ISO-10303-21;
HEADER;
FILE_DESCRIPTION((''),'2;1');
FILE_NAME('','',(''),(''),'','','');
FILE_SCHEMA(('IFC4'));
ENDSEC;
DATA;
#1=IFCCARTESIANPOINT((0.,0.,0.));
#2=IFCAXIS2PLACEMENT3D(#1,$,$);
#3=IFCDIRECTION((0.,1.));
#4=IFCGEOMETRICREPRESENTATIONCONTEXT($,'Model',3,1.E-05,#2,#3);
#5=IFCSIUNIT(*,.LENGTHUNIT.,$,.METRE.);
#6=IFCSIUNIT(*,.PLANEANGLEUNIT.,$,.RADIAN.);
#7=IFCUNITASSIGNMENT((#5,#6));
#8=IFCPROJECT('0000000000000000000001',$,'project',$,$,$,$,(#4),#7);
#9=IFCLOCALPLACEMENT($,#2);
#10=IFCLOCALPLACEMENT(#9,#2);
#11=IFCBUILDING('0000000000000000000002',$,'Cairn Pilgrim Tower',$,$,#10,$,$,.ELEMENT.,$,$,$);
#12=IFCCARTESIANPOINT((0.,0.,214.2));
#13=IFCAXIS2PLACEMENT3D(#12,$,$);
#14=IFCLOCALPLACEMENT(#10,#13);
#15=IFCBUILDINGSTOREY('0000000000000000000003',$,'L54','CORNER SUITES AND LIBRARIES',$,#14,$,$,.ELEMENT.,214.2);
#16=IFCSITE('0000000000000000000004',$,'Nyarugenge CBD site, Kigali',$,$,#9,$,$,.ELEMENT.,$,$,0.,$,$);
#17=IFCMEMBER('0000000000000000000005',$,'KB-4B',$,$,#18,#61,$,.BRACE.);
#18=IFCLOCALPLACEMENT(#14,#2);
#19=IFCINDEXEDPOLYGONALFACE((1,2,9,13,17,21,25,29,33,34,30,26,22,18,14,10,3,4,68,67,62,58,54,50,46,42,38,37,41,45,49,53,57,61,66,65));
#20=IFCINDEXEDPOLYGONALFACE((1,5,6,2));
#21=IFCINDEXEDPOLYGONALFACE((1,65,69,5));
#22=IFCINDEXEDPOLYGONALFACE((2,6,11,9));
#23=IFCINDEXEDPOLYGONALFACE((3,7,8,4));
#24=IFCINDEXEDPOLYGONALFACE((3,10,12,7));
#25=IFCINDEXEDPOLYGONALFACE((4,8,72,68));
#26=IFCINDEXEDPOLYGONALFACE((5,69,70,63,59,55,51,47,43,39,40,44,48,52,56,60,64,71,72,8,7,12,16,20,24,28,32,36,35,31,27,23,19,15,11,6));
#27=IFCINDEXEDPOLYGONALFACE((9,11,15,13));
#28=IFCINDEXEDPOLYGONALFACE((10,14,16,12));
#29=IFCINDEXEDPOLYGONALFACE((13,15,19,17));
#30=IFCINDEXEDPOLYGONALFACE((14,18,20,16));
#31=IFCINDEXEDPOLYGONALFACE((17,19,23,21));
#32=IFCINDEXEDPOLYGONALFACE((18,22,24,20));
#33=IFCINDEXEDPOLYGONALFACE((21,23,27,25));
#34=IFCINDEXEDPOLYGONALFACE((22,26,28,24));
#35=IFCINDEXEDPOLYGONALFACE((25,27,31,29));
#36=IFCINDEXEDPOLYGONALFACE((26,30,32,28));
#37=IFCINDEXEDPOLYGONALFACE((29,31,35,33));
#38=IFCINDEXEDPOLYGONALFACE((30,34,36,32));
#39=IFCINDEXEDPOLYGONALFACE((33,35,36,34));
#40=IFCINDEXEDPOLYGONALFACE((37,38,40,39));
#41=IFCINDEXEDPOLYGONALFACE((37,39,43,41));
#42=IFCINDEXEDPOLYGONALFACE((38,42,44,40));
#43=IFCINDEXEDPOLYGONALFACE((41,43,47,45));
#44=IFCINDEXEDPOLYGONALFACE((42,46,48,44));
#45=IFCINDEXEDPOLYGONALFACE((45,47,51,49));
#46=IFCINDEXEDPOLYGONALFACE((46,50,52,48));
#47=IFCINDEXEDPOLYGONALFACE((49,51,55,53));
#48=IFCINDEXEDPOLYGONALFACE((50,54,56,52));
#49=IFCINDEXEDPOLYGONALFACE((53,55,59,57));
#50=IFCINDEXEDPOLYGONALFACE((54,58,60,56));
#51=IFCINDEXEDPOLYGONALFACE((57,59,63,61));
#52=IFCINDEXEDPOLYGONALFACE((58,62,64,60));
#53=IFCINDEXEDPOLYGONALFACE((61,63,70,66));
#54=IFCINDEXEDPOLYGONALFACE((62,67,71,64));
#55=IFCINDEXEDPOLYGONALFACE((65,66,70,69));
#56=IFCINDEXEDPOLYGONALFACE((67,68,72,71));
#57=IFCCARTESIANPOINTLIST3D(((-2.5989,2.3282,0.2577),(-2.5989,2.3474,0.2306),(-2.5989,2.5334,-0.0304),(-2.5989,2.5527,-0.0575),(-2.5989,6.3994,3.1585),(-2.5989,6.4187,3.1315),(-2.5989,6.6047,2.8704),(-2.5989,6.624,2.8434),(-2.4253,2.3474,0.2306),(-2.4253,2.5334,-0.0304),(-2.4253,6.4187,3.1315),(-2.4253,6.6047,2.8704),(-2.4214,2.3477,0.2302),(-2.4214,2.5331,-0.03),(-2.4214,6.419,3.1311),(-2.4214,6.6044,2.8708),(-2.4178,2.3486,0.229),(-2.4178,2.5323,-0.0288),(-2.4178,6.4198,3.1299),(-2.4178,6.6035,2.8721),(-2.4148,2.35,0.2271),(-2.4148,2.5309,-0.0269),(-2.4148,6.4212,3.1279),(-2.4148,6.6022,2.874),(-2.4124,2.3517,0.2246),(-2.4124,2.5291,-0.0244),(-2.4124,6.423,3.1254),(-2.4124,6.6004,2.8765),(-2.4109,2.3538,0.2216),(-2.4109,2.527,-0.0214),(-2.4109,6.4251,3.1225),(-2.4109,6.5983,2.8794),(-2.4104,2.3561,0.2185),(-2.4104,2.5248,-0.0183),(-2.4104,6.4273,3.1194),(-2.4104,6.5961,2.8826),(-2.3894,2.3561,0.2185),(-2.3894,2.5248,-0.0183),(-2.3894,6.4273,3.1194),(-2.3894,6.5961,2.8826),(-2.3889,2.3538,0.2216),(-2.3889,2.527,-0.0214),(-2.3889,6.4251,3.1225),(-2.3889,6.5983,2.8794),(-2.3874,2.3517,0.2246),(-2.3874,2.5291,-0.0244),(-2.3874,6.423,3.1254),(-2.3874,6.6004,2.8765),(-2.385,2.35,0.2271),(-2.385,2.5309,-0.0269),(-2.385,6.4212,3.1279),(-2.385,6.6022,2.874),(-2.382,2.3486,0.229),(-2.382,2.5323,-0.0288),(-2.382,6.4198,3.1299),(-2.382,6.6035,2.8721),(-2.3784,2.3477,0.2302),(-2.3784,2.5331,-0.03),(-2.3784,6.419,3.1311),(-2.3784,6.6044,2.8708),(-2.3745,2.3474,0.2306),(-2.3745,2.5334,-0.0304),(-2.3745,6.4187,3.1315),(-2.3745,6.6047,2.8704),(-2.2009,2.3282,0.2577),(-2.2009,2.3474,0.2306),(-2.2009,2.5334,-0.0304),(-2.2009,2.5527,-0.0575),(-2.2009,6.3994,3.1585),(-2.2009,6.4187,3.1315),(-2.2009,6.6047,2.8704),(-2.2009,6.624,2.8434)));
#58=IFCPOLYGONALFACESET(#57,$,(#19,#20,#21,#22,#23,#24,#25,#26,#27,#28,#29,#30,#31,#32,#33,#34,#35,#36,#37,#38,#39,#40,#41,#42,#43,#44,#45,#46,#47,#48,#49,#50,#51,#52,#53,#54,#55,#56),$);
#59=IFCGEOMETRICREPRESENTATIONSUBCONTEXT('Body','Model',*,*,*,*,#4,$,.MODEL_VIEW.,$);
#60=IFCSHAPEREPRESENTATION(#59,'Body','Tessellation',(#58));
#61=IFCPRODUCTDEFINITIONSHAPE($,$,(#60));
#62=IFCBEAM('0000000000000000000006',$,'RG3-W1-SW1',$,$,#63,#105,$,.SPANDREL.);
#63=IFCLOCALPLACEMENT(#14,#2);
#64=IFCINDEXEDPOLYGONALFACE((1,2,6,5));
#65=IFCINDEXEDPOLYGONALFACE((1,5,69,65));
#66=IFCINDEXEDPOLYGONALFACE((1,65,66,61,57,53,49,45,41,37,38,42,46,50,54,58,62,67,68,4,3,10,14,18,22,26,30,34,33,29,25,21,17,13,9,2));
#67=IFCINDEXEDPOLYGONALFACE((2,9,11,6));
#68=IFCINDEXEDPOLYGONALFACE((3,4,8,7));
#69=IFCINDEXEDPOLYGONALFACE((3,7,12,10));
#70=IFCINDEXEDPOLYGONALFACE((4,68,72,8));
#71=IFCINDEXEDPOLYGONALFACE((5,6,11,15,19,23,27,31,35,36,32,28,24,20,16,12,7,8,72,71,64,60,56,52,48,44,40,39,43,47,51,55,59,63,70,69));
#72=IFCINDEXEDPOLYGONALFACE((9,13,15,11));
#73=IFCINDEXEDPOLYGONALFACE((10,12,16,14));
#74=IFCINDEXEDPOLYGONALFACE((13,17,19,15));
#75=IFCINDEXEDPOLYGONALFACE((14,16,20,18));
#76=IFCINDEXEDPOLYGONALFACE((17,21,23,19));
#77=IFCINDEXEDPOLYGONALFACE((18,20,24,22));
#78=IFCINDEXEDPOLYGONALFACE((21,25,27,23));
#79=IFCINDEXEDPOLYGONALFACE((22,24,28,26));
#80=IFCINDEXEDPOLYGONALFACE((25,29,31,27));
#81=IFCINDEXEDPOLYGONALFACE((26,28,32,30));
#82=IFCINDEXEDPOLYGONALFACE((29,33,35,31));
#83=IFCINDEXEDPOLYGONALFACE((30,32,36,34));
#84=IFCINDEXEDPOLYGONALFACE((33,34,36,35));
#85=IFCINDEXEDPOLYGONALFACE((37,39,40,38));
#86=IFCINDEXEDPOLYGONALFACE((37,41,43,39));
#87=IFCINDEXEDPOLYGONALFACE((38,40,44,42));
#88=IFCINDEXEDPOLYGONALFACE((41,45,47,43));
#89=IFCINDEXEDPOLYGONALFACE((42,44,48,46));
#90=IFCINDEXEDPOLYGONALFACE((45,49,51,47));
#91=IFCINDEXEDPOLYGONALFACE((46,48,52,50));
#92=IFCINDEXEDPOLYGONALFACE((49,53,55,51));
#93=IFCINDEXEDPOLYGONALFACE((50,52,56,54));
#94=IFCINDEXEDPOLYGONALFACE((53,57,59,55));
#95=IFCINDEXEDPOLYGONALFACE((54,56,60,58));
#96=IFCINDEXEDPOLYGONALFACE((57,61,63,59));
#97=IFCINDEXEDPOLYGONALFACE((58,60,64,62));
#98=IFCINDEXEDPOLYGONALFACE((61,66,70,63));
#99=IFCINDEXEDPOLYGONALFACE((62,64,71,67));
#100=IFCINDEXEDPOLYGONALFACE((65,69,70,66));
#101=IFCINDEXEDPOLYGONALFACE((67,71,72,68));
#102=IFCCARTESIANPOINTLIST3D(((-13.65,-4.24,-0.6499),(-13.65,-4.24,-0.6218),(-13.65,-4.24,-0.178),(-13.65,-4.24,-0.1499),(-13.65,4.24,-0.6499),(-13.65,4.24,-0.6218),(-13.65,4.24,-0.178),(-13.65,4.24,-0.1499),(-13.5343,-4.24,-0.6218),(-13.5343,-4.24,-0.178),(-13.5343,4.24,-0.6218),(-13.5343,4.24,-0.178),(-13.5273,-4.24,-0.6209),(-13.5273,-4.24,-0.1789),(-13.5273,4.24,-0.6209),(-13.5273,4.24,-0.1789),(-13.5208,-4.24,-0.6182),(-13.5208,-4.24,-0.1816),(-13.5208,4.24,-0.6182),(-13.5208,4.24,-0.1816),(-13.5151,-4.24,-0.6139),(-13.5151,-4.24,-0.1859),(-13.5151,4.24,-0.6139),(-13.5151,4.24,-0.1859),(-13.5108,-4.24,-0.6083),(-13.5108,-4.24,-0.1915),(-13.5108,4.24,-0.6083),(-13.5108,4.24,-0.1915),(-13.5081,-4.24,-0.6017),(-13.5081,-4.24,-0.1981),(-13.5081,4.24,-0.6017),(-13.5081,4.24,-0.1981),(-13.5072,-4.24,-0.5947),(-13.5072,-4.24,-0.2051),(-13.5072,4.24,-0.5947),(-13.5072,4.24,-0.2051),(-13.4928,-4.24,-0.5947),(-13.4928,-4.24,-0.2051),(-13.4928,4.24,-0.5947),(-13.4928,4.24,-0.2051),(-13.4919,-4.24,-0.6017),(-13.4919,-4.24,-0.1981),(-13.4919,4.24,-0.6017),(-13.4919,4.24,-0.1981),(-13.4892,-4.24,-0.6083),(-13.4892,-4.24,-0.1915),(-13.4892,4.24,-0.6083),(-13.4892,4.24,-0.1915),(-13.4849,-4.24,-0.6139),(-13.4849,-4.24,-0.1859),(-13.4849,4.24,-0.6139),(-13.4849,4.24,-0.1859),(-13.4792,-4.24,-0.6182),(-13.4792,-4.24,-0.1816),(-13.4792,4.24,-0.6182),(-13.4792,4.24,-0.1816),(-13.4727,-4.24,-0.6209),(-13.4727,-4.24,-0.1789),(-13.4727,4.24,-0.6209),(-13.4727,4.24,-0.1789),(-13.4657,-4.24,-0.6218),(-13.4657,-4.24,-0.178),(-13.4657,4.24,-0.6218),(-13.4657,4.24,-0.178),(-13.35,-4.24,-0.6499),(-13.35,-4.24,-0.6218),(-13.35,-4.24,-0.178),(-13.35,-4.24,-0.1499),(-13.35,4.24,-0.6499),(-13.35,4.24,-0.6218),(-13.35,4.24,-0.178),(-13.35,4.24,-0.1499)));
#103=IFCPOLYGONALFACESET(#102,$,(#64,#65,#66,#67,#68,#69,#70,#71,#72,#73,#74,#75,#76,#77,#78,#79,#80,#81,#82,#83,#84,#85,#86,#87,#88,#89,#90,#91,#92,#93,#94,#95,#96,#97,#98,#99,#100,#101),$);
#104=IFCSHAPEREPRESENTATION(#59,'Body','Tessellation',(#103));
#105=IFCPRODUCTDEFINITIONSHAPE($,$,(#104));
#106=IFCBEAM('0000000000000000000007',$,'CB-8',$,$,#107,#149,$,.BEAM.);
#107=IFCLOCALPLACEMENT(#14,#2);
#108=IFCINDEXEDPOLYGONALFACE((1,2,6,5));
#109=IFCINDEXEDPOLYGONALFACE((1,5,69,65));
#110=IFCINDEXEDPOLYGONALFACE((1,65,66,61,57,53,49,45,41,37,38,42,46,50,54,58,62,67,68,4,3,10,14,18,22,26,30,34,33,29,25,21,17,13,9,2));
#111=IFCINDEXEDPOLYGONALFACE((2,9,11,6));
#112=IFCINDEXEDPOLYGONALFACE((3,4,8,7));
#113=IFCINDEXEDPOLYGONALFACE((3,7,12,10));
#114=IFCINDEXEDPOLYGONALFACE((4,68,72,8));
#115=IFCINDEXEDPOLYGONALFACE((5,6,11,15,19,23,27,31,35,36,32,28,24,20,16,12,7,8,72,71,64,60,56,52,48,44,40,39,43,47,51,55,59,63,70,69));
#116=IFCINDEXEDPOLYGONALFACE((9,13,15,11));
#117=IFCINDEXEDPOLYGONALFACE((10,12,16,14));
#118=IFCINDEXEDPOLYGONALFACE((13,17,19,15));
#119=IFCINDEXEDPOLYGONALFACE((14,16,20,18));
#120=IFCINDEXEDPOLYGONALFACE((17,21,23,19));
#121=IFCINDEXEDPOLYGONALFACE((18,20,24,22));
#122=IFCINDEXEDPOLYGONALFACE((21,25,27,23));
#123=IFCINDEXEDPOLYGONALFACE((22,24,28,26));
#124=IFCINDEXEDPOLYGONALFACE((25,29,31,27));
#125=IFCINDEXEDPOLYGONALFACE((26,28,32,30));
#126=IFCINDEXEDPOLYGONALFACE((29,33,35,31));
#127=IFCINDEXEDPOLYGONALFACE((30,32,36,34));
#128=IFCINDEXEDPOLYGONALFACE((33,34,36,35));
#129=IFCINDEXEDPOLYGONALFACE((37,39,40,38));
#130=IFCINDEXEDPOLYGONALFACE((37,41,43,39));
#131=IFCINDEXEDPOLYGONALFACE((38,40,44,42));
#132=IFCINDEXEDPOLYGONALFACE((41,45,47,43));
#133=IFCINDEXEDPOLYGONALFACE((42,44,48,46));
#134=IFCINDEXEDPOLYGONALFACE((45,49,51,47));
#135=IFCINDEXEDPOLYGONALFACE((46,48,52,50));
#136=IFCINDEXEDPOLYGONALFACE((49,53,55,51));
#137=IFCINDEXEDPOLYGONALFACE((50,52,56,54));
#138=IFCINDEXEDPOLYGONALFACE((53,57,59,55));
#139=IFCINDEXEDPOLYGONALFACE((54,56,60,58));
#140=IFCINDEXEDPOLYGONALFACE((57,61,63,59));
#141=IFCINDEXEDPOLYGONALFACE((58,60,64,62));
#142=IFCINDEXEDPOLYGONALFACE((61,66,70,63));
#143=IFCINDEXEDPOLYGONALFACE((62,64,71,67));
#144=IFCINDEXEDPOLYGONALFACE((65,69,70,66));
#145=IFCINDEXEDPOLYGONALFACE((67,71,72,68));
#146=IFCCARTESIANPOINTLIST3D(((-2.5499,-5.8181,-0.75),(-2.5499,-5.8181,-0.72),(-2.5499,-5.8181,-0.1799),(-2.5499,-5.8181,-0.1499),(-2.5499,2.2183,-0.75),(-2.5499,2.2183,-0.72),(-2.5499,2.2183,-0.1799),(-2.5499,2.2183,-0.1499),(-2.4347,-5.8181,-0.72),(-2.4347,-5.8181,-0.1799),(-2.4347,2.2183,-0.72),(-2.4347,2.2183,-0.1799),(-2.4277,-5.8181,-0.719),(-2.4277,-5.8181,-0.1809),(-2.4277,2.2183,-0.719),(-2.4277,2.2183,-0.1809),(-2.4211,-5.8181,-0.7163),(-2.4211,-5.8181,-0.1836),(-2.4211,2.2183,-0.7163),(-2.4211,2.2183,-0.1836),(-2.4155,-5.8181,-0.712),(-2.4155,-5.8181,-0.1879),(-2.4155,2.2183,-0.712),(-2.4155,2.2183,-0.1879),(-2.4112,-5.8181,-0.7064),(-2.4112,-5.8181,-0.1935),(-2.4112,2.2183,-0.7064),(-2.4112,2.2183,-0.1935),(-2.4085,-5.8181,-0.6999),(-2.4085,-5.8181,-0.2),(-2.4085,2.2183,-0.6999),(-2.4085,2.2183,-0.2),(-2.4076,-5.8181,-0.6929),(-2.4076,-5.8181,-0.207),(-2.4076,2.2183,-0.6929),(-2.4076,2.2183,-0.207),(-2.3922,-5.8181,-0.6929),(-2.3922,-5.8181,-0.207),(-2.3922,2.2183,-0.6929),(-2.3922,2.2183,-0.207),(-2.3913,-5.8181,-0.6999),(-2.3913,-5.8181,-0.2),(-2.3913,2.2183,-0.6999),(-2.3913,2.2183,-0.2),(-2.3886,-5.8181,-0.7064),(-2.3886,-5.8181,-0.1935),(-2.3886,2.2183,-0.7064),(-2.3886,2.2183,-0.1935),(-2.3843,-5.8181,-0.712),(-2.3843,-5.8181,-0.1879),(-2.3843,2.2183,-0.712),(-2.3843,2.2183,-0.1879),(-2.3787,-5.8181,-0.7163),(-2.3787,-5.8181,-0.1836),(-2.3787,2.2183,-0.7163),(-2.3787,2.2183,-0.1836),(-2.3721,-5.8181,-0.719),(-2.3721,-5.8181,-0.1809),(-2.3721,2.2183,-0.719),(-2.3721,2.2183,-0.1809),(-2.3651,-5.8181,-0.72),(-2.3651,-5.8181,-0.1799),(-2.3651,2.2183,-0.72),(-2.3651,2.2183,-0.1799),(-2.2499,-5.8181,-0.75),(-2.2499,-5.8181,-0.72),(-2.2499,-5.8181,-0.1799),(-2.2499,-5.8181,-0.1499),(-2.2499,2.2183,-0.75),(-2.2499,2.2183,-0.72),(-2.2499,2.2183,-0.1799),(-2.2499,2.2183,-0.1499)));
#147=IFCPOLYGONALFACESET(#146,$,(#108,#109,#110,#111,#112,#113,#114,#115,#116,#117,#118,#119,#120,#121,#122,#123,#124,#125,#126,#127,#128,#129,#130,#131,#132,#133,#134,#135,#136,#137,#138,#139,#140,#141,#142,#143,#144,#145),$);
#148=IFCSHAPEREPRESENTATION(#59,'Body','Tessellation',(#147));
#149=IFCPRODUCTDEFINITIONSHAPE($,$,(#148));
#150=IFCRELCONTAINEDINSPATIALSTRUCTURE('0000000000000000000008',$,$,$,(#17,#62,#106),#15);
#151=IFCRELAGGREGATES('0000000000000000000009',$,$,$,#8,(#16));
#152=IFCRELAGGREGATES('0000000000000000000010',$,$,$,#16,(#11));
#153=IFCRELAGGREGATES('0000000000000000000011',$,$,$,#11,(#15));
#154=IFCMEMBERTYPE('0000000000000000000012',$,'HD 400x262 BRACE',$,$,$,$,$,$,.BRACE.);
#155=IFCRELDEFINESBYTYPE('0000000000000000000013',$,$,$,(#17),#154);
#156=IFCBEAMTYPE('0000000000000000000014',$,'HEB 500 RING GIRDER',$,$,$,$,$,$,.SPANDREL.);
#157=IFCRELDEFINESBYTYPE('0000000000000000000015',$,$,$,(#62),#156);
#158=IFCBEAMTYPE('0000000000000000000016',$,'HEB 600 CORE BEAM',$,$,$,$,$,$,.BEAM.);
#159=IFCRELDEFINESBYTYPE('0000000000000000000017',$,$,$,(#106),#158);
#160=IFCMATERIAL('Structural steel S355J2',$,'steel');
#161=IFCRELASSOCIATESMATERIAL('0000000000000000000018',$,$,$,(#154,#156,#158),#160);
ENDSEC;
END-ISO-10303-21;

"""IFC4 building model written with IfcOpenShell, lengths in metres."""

from ifc_helpers import new_model, si_unit, direction, frame, origin, origin_2d, place, context, subcontext, project, spatial, i_section, extrude, material, material_profile, profile_set, type_object, element, save


model = new_model("IFC4")

# Units and contexts
model_context = context("Model", 3, precision=1e-05, world=origin(), true_north=direction((0.0, 1.0)))
body_context = subcontext(model_context, "Body", "Model", "MODEL_VIEW")
ifc_project = project(units=[si_unit("LENGTHUNIT", "METRE"), si_unit("PLANEANGLEUNIT", "RADIAN")], contexts=[model_context])

# Site, building, storey
site_placement = place(None, origin())
site = spatial("IfcSite", under=ifc_project, at=site_placement, Name="Nyarugenge CBD site, Kigali", CompositionType="ELEMENT", RefElevation=0.0)
building_placement = place(site_placement, origin())
building = spatial("IfcBuilding", under=site, at=building_placement, Name="Cairn Pilgrim Tower", CompositionType="ELEMENT")
storey_placement = place(building_placement, frame((0.0, 0.0, 214.2)))
storey = spatial("IfcBuildingStorey", under=building, at=storey_placement, Name="L54", Description="CORNER SUITES AND LIBRARIES", CompositionType="ELEMENT", Elevation=214.2)

# Shared definitions
ifc_material_1 = material(Name="Structural steel S355J2", Category="steel")

# Member
ifc_material_profile_1 = material_profile(ifc_material_1, i_section(OverallWidth=0.3979, OverallDepth=0.387, WebThickness=0.021, FlangeThickness=0.0332, FilletRadius=0.0149, at=origin_2d()), Name="HD 400x262")
ifc_profile_set_1 = profile_set([ifc_material_profile_1], Name="Structural steel S355J2")
member_type_1 = type_object("IfcMemberType", Name="HD 400x262 BRACE", PredefinedType="BRACE", material=ifc_profile_set_1)
member_1_placement = place(storey_placement, frame((-2.3999, 2.4404, 0.1001), z_axis=(0.0, 0.814413, 0.580286), x_axis=(-1.0, 0.0, 0.0)))
element("IfcMember", 1, at=member_1_placement, inside=storey, type_object=member_type_1, Name="KB-4B", PredefinedType="BRACE", context=body_context, shape_type="SweptSolid", body=[
    extrude(i_section(OverallWidth=0.3979, OverallDepth=0.387, WebThickness=0.021, FlangeThickness=0.0332, FilletRadius=0.0149, at=origin_2d()), origin(), (0.0, 0.0, 1.0), 4.999),
])

# Beams
ifc_material_profile_2 = material_profile(ifc_material_1, i_section(OverallWidth=0.3, OverallDepth=0.5, WebThickness=0.0144, FlangeThickness=0.0281, FilletRadius=0.0271, at=origin_2d()), Name="HEB 500")
ifc_profile_set_2 = profile_set([ifc_material_profile_2], Name="Structural steel S355J2")
beam_type_1 = type_object("IfcBeamType", Name="HEB 500 RING GIRDER", PredefinedType="SPANDREL", material=ifc_profile_set_2)
beam_1_placement = place(storey_placement, frame((-13.5, 4.24, -0.3999), z_axis=(0.0, -1.0, 0.0), x_axis=(1.0, 0.0, 0.0)))
element("IfcBeam", 2, at=beam_1_placement, inside=storey, type_object=beam_type_1, Name="RG3-W1-SW1", PredefinedType="SPANDREL", context=body_context, shape_type="SweptSolid", body=[
    extrude(i_section(OverallWidth=0.3, OverallDepth=0.5, WebThickness=0.0144, FlangeThickness=0.0281, FilletRadius=0.0271, at=origin_2d()), origin(), (0.0, 0.0, 1.0), 8.48),
])
ifc_material_profile_3 = material_profile(ifc_material_1, i_section(OverallWidth=0.3, OverallDepth=0.6001, WebThickness=0.0154, FlangeThickness=0.03, FilletRadius=0.0271, at=origin_2d()), Name="HEB 600")
ifc_profile_set_3 = profile_set([ifc_material_profile_3], Name="Structural steel S355J2")
beam_type_2 = type_object("IfcBeamType", Name="HEB 600 CORE BEAM", PredefinedType="BEAM", material=ifc_profile_set_3)
beam_2_placement = place(storey_placement, frame((-2.3999, 2.2183, -0.45), z_axis=(0.0, -1.0, 0.0), x_axis=(1.0, 0.0, 0.0)))
element("IfcBeam", 3, at=beam_2_placement, inside=storey, type_object=beam_type_2, Name="CB-8", PredefinedType="BEAM", context=body_context, shape_type="SweptSolid", body=[
    extrude(i_section(OverallWidth=0.3, OverallDepth=0.6001, WebThickness=0.0154, FlangeThickness=0.03, FilletRadius=0.0271, at=origin_2d()), origin(), (0.0, 0.0, 1.0), 8.0364),
])

save(model, "model.ifc")
